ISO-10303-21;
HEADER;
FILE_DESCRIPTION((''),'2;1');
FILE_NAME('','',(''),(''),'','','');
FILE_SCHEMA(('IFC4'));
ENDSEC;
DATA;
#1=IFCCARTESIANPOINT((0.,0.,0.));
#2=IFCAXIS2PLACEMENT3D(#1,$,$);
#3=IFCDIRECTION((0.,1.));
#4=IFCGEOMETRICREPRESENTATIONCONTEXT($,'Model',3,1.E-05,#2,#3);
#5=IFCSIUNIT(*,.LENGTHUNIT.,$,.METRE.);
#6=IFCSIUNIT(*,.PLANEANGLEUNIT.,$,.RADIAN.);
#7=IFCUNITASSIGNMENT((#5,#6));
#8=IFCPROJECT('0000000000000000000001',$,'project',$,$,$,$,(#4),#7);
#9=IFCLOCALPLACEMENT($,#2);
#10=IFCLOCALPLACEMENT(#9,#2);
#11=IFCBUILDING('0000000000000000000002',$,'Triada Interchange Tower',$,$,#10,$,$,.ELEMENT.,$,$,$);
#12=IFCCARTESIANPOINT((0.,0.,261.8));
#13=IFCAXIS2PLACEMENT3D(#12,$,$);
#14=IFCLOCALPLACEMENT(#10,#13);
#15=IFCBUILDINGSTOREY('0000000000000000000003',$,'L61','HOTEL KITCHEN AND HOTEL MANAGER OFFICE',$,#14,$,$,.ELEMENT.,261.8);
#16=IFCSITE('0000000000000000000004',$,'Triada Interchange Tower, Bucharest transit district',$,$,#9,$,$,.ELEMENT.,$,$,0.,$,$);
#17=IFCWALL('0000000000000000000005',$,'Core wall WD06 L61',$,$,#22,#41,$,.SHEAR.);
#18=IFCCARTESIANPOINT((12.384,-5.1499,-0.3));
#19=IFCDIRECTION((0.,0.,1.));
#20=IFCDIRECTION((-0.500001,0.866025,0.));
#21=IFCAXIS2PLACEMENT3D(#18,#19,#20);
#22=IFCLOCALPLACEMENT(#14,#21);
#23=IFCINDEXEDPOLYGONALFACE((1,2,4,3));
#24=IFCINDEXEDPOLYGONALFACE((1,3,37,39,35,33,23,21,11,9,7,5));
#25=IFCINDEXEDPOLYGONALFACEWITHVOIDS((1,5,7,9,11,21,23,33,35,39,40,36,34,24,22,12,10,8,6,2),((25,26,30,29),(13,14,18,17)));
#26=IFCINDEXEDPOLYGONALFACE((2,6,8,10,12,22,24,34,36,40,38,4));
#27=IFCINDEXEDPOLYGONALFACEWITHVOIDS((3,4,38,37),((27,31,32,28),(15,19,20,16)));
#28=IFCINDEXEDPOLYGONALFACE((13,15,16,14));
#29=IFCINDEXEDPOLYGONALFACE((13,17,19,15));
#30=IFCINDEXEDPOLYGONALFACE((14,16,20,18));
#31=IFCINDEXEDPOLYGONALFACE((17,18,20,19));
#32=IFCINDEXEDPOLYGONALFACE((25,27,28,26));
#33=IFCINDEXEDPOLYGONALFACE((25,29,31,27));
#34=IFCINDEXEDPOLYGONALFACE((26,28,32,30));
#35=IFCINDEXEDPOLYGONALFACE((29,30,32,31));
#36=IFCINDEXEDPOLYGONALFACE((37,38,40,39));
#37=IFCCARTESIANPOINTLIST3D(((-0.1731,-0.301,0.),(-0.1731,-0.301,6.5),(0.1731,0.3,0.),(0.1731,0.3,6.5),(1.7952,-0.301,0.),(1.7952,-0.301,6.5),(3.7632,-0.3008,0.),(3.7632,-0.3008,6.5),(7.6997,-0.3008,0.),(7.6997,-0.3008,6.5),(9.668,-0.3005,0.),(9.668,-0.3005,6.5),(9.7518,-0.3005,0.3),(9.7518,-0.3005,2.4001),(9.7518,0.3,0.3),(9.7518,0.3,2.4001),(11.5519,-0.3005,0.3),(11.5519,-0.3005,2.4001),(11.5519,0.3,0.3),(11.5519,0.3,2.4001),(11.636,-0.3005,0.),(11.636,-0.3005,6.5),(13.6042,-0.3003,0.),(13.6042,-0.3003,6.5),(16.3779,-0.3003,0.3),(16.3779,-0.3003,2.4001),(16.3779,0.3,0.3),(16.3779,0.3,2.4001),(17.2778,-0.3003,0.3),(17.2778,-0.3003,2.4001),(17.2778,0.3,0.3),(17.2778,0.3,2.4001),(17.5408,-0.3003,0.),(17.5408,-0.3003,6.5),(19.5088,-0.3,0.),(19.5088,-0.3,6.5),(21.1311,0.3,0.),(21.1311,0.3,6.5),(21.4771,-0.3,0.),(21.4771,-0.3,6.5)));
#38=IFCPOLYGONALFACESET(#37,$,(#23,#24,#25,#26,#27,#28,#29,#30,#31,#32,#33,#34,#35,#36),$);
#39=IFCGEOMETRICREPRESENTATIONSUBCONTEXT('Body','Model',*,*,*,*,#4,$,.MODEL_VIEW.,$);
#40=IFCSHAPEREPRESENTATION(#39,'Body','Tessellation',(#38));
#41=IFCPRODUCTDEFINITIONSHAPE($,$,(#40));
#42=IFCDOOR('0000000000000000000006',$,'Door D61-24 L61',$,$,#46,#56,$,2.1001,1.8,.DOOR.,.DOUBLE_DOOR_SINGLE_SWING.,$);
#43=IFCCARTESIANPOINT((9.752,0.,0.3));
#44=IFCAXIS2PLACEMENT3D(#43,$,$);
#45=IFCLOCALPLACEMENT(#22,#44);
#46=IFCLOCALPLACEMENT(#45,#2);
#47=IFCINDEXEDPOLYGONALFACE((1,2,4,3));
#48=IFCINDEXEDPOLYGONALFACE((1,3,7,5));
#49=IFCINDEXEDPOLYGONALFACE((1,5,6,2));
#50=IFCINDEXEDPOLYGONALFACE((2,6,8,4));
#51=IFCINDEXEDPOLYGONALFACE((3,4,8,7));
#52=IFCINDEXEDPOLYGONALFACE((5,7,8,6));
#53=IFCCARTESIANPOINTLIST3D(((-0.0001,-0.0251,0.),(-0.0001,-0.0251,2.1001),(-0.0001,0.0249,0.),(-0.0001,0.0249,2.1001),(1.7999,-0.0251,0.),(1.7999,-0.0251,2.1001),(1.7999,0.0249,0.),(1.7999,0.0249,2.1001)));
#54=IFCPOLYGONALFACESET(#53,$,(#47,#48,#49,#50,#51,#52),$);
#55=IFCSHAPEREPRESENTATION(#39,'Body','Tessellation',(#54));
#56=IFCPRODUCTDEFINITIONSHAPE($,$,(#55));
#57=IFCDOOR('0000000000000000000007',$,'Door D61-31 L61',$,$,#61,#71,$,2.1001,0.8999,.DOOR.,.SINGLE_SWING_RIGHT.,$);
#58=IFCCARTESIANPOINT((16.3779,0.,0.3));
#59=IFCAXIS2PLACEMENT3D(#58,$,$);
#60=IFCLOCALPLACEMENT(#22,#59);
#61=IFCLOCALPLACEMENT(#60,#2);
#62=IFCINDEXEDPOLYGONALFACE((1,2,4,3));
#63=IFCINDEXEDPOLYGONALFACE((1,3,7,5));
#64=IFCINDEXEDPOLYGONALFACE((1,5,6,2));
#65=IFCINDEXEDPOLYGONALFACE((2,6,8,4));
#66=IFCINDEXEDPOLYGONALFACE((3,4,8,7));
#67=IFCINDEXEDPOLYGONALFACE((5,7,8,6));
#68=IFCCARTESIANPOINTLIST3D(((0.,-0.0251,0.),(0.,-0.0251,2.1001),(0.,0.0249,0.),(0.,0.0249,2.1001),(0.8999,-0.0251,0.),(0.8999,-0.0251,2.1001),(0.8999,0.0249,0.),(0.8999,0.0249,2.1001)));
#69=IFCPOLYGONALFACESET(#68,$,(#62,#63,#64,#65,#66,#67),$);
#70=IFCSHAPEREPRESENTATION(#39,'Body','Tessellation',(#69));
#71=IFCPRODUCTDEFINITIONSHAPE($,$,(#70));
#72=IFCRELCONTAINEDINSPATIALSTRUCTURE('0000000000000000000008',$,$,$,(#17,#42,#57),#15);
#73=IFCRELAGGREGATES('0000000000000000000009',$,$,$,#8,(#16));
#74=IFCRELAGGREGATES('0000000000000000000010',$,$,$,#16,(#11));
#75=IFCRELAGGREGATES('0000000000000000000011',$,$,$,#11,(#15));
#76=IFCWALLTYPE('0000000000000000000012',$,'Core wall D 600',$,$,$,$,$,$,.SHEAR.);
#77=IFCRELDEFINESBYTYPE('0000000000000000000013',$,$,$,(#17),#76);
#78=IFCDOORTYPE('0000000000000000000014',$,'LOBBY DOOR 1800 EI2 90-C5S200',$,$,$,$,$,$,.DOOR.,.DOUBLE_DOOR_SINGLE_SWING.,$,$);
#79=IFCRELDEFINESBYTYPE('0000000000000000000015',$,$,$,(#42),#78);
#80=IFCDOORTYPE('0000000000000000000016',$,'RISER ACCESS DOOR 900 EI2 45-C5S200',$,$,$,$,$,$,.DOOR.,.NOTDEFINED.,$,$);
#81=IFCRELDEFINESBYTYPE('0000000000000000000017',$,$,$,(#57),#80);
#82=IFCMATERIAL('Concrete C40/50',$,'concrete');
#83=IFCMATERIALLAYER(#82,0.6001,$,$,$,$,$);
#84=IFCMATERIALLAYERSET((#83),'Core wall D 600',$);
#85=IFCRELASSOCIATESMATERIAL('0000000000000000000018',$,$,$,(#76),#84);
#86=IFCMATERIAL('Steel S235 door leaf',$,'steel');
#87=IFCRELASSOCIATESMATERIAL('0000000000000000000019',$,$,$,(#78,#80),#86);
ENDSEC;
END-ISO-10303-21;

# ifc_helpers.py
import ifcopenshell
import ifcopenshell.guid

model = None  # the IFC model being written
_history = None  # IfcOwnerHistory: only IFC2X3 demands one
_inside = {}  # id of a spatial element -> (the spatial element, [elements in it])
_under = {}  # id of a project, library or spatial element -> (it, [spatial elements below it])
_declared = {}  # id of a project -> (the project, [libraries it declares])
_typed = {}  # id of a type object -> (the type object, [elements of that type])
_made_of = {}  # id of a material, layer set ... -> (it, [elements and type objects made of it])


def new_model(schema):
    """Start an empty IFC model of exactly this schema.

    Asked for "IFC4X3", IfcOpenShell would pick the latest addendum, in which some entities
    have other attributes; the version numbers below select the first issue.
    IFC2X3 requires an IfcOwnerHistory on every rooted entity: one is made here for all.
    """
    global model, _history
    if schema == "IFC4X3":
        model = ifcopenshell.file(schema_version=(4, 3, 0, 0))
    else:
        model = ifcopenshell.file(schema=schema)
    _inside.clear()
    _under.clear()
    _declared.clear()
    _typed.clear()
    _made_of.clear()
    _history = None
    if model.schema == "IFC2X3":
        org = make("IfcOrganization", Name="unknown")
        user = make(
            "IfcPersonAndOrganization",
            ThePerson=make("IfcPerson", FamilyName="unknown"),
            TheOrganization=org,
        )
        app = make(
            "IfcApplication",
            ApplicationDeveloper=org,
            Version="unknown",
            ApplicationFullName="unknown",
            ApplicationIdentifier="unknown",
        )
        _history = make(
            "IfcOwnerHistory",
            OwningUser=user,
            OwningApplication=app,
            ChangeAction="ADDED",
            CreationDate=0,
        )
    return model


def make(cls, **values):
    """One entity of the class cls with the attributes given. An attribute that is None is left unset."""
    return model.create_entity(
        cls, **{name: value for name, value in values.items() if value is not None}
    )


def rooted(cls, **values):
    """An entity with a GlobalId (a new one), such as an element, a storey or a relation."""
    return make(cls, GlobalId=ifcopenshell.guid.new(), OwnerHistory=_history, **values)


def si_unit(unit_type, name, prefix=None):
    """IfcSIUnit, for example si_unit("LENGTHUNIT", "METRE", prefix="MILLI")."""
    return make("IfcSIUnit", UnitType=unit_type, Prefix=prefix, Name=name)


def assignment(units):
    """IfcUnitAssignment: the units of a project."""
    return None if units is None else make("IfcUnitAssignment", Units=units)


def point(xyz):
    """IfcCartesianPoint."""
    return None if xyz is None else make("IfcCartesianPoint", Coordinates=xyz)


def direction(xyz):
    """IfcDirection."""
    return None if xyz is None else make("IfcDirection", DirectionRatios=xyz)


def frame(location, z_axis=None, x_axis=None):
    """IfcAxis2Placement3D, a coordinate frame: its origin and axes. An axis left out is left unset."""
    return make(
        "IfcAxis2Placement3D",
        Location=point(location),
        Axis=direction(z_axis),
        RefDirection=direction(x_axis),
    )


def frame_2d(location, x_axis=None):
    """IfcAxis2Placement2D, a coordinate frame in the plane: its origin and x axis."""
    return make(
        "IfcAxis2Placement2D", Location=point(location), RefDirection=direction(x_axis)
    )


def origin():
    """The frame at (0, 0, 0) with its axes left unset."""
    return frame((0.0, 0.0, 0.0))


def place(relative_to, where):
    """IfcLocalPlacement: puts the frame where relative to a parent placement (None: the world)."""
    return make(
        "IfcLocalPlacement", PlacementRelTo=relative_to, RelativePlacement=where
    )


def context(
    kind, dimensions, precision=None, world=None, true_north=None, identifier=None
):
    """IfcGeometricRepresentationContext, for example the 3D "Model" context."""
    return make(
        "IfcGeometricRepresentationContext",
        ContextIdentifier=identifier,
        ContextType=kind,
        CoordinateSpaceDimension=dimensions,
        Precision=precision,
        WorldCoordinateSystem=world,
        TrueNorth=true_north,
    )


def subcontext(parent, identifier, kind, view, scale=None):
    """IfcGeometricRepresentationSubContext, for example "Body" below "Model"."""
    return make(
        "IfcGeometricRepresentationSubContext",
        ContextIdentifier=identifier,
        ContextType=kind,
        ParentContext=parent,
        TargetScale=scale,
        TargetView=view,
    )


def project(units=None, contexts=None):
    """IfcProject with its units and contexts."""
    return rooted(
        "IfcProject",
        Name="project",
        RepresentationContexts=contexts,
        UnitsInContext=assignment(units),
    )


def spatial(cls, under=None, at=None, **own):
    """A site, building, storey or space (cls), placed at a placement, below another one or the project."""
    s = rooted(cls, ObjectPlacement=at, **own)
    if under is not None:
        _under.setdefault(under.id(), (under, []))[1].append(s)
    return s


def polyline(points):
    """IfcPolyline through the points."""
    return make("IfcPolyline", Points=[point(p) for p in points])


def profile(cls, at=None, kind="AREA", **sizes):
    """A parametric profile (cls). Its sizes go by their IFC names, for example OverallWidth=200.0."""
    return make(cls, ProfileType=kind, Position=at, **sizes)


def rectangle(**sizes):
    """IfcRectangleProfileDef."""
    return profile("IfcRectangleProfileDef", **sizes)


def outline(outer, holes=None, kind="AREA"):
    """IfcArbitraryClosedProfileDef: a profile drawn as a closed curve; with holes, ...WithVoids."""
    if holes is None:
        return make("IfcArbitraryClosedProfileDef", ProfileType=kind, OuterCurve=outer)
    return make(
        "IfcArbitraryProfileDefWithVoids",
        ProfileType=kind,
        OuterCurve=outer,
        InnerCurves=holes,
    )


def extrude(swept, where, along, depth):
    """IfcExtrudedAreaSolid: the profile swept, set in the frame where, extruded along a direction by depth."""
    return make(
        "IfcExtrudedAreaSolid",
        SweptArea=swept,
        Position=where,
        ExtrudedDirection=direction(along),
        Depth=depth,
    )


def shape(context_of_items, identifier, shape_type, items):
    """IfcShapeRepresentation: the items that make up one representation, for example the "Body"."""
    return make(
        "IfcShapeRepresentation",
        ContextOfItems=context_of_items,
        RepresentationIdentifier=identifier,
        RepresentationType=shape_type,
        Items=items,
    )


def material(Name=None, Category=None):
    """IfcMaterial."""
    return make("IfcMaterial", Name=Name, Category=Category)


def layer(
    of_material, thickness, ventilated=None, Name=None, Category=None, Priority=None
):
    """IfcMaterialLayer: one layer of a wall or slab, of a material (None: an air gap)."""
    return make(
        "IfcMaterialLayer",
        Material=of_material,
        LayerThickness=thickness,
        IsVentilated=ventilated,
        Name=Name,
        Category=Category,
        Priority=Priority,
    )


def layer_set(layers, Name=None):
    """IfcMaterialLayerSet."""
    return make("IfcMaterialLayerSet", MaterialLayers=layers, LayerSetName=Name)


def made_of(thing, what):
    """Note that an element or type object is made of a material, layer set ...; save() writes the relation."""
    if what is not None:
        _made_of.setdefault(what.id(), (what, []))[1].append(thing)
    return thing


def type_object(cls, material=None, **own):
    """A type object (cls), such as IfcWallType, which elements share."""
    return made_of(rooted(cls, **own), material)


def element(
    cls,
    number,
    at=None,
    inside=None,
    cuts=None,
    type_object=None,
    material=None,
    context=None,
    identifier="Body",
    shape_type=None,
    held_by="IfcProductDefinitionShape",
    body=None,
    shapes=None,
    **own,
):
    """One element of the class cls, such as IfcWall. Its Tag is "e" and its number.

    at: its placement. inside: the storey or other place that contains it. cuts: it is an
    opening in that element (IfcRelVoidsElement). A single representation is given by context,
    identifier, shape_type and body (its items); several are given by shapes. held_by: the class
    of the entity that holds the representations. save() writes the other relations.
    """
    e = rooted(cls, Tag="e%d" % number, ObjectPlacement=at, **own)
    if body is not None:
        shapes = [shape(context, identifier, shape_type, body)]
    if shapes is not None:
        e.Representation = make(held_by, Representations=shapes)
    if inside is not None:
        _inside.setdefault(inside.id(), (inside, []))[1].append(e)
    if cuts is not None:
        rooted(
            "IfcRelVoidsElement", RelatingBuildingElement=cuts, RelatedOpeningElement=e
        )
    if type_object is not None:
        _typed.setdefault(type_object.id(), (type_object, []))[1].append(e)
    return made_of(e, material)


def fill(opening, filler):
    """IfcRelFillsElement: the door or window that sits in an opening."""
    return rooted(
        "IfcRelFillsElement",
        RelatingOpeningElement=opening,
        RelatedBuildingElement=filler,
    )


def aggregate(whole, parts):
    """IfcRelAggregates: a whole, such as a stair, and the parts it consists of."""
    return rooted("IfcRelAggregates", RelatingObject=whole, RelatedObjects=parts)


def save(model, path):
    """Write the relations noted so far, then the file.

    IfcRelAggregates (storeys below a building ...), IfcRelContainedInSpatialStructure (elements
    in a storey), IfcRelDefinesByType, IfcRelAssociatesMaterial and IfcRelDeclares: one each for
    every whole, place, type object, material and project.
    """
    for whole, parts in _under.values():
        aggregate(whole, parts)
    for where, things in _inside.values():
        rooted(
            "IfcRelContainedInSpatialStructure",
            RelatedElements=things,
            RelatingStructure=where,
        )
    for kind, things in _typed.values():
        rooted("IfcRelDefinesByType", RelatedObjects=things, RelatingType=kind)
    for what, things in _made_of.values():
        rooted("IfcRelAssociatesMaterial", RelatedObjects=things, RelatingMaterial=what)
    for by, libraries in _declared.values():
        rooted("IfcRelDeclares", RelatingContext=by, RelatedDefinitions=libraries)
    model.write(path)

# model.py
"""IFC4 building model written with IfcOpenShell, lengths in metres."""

from ifc_helpers import new_model, si_unit, direction, frame, frame_2d, origin, place, context, subcontext, project, spatial, polyline, rectangle, outline, extrude, material, layer, layer_set, type_object, element, fill, save


model = new_model("IFC4")

# Units and contexts
model_context = context("Model", 3, precision=1e-05, world=origin(), true_north=direction((0.0, 1.0)))
body_context = subcontext(model_context, "Body", "Model", "MODEL_VIEW")
ifc_project = project(units=[si_unit("LENGTHUNIT", "METRE"), si_unit("PLANEANGLEUNIT", "RADIAN")], contexts=[model_context])

# Site, building, storey
site_placement = place(None, origin())
site = spatial("IfcSite", under=ifc_project, at=site_placement, Name="Triada Interchange Tower, Bucharest transit district", CompositionType="ELEMENT", RefElevation=0.0)
building_placement = place(site_placement, origin())
building = spatial("IfcBuilding", under=site, at=building_placement, Name="Triada Interchange Tower", CompositionType="ELEMENT")
storey_placement = place(building_placement, frame((0.0, 0.0, 261.8)))
storey = spatial("IfcBuildingStorey", under=building, at=storey_placement, Name="L61", Description="HOTEL KITCHEN AND HOTEL MANAGER OFFICE", CompositionType="ELEMENT", Elevation=261.8)

# Shared definitions
ifc_material_1 = material(Name="Concrete C40/50", Category="concrete")
ifc_layer_1 = layer(ifc_material_1, 0.6001)
ifc_layer_set_1 = layer_set([ifc_layer_1], Name="Core wall D 600")
wall_type_1 = type_object("IfcWallType", Name="Core wall D 600", PredefinedType="SHEAR", material=ifc_layer_set_1)
ifc_material_2 = material(Name="Steel S235 door leaf", Category="steel")

# Wall, openings, doors
wall_1_placement = place(storey_placement, frame((12.384, -5.1499, -0.3), z_axis=(0.0, 0.0, 1.0), x_axis=(-0.500001, 0.866025, 0.0)))
wall_1 = element("IfcWall", 1, at=wall_1_placement, inside=storey, type_object=wall_type_1, Name="Core wall WD06 L61", PredefinedType="SHEAR", context=body_context, shape_type="SweptSolid", body=[
    extrude(outline(polyline([(-0.1731, -0.301), (1.7952, -0.301), (3.7632, -0.3008), (5.7314, -0.3008), (7.6997, -0.3008), (9.668, -0.3005), (11.636, -0.3005), (13.6042, -0.3003), (15.5725, -0.3003), (17.5408, -0.3003), (19.5088, -0.3), (21.4771, -0.3), (21.1311, 0.3), (19.2258, 0.3), (17.3206, 0.3), (15.4153, 0.3), (13.51, 0.3), (11.6047, 0.3), (9.6995, 0.3), (7.7942, 0.3), (5.8889, 0.3), (3.9836, 0.3), (2.0784, 0.3), (0.1731, 0.3), (-0.1731, -0.301)])), origin(), (0.0, 0.0, 1.0), 6.5),
])
opening_1_placement = place(wall_1_placement, frame((9.752, 0.0, 0.3)))
opening_1 = element("IfcOpeningElement", 2, at=opening_1_placement, cuts=wall_1, PredefinedType="OPENING", context=body_context, shape_type="SweptSolid", body=[
    extrude(rectangle(XDim=1.8, YDim=2.1001, at=frame_2d((0.8999, 1.05))), frame((0.0, 0.3101, 0.0), z_axis=(0.0, -1.0, 0.0), x_axis=(1.0, 0.0, 0.0)), (0.0, 0.0, 1.0), 0.6211),
])
opening_2_placement = place(wall_1_placement, frame((16.3779, 0.0, 0.3)))
opening_2 = element("IfcOpeningElement", 3, at=opening_2_placement, cuts=wall_1, PredefinedType="OPENING", context=body_context, shape_type="SweptSolid", body=[
    extrude(rectangle(XDim=0.8999, YDim=2.1001, at=frame_2d((0.45, 1.05))), frame((0.0, 0.3101, 0.0), z_axis=(0.0, -1.0, 0.0), x_axis=(1.0, 0.0, 0.0)), (0.0, 0.0, 1.0), 0.6211),
])
door_type_1 = type_object("IfcDoorType", Name="LOBBY DOOR 1800 EI2 90-C5S200", OperationType="DOUBLE_DOOR_SINGLE_SWING", PredefinedType="DOOR", material=ifc_material_2)
door_1_placement = place(opening_1_placement, origin())
door_1 = element("IfcDoor", 4, at=door_1_placement, inside=storey, type_object=door_type_1, Name="Door D61-24 L61", OperationType="DOUBLE_DOOR_SINGLE_SWING", OverallHeight=2.1001, OverallWidth=1.8, PredefinedType="DOOR", context=body_context, shape_type="SweptSolid", body=[
    extrude(rectangle(XDim=1.8, YDim=2.1001, at=frame_2d((0.8999, 1.05))), frame((0.0, 0.0249, 0.0), z_axis=(0.0, -1.0, 0.0), x_axis=(1.0, 0.0, 0.0)), (0.0, 0.0, 1.0), 0.05),
])
fill(opening_1, door_1)
door_type_2 = type_object("IfcDoorType", Name="RISER ACCESS DOOR 900 EI2 45-C5S200", OperationType="NOTDEFINED", PredefinedType="DOOR", material=ifc_material_2)
door_2_placement = place(opening_2_placement, origin())
door_2 = element("IfcDoor", 5, at=door_2_placement, inside=storey, type_object=door_type_2, Name="Door D61-31 L61", OperationType="SINGLE_SWING_RIGHT", OverallHeight=2.1001, OverallWidth=0.8999, PredefinedType="DOOR", context=body_context, shape_type="SweptSolid", body=[
    extrude(rectangle(XDim=0.8999, YDim=2.1001, at=frame_2d((0.45, 1.05))), frame((0.0, 0.0249, 0.0), z_axis=(0.0, -1.0, 0.0), x_axis=(1.0, 0.0, 0.0)), (0.0, 0.0, 1.0), 0.05),
])
fill(opening_2, door_2)

save(model, "model.ifc")
